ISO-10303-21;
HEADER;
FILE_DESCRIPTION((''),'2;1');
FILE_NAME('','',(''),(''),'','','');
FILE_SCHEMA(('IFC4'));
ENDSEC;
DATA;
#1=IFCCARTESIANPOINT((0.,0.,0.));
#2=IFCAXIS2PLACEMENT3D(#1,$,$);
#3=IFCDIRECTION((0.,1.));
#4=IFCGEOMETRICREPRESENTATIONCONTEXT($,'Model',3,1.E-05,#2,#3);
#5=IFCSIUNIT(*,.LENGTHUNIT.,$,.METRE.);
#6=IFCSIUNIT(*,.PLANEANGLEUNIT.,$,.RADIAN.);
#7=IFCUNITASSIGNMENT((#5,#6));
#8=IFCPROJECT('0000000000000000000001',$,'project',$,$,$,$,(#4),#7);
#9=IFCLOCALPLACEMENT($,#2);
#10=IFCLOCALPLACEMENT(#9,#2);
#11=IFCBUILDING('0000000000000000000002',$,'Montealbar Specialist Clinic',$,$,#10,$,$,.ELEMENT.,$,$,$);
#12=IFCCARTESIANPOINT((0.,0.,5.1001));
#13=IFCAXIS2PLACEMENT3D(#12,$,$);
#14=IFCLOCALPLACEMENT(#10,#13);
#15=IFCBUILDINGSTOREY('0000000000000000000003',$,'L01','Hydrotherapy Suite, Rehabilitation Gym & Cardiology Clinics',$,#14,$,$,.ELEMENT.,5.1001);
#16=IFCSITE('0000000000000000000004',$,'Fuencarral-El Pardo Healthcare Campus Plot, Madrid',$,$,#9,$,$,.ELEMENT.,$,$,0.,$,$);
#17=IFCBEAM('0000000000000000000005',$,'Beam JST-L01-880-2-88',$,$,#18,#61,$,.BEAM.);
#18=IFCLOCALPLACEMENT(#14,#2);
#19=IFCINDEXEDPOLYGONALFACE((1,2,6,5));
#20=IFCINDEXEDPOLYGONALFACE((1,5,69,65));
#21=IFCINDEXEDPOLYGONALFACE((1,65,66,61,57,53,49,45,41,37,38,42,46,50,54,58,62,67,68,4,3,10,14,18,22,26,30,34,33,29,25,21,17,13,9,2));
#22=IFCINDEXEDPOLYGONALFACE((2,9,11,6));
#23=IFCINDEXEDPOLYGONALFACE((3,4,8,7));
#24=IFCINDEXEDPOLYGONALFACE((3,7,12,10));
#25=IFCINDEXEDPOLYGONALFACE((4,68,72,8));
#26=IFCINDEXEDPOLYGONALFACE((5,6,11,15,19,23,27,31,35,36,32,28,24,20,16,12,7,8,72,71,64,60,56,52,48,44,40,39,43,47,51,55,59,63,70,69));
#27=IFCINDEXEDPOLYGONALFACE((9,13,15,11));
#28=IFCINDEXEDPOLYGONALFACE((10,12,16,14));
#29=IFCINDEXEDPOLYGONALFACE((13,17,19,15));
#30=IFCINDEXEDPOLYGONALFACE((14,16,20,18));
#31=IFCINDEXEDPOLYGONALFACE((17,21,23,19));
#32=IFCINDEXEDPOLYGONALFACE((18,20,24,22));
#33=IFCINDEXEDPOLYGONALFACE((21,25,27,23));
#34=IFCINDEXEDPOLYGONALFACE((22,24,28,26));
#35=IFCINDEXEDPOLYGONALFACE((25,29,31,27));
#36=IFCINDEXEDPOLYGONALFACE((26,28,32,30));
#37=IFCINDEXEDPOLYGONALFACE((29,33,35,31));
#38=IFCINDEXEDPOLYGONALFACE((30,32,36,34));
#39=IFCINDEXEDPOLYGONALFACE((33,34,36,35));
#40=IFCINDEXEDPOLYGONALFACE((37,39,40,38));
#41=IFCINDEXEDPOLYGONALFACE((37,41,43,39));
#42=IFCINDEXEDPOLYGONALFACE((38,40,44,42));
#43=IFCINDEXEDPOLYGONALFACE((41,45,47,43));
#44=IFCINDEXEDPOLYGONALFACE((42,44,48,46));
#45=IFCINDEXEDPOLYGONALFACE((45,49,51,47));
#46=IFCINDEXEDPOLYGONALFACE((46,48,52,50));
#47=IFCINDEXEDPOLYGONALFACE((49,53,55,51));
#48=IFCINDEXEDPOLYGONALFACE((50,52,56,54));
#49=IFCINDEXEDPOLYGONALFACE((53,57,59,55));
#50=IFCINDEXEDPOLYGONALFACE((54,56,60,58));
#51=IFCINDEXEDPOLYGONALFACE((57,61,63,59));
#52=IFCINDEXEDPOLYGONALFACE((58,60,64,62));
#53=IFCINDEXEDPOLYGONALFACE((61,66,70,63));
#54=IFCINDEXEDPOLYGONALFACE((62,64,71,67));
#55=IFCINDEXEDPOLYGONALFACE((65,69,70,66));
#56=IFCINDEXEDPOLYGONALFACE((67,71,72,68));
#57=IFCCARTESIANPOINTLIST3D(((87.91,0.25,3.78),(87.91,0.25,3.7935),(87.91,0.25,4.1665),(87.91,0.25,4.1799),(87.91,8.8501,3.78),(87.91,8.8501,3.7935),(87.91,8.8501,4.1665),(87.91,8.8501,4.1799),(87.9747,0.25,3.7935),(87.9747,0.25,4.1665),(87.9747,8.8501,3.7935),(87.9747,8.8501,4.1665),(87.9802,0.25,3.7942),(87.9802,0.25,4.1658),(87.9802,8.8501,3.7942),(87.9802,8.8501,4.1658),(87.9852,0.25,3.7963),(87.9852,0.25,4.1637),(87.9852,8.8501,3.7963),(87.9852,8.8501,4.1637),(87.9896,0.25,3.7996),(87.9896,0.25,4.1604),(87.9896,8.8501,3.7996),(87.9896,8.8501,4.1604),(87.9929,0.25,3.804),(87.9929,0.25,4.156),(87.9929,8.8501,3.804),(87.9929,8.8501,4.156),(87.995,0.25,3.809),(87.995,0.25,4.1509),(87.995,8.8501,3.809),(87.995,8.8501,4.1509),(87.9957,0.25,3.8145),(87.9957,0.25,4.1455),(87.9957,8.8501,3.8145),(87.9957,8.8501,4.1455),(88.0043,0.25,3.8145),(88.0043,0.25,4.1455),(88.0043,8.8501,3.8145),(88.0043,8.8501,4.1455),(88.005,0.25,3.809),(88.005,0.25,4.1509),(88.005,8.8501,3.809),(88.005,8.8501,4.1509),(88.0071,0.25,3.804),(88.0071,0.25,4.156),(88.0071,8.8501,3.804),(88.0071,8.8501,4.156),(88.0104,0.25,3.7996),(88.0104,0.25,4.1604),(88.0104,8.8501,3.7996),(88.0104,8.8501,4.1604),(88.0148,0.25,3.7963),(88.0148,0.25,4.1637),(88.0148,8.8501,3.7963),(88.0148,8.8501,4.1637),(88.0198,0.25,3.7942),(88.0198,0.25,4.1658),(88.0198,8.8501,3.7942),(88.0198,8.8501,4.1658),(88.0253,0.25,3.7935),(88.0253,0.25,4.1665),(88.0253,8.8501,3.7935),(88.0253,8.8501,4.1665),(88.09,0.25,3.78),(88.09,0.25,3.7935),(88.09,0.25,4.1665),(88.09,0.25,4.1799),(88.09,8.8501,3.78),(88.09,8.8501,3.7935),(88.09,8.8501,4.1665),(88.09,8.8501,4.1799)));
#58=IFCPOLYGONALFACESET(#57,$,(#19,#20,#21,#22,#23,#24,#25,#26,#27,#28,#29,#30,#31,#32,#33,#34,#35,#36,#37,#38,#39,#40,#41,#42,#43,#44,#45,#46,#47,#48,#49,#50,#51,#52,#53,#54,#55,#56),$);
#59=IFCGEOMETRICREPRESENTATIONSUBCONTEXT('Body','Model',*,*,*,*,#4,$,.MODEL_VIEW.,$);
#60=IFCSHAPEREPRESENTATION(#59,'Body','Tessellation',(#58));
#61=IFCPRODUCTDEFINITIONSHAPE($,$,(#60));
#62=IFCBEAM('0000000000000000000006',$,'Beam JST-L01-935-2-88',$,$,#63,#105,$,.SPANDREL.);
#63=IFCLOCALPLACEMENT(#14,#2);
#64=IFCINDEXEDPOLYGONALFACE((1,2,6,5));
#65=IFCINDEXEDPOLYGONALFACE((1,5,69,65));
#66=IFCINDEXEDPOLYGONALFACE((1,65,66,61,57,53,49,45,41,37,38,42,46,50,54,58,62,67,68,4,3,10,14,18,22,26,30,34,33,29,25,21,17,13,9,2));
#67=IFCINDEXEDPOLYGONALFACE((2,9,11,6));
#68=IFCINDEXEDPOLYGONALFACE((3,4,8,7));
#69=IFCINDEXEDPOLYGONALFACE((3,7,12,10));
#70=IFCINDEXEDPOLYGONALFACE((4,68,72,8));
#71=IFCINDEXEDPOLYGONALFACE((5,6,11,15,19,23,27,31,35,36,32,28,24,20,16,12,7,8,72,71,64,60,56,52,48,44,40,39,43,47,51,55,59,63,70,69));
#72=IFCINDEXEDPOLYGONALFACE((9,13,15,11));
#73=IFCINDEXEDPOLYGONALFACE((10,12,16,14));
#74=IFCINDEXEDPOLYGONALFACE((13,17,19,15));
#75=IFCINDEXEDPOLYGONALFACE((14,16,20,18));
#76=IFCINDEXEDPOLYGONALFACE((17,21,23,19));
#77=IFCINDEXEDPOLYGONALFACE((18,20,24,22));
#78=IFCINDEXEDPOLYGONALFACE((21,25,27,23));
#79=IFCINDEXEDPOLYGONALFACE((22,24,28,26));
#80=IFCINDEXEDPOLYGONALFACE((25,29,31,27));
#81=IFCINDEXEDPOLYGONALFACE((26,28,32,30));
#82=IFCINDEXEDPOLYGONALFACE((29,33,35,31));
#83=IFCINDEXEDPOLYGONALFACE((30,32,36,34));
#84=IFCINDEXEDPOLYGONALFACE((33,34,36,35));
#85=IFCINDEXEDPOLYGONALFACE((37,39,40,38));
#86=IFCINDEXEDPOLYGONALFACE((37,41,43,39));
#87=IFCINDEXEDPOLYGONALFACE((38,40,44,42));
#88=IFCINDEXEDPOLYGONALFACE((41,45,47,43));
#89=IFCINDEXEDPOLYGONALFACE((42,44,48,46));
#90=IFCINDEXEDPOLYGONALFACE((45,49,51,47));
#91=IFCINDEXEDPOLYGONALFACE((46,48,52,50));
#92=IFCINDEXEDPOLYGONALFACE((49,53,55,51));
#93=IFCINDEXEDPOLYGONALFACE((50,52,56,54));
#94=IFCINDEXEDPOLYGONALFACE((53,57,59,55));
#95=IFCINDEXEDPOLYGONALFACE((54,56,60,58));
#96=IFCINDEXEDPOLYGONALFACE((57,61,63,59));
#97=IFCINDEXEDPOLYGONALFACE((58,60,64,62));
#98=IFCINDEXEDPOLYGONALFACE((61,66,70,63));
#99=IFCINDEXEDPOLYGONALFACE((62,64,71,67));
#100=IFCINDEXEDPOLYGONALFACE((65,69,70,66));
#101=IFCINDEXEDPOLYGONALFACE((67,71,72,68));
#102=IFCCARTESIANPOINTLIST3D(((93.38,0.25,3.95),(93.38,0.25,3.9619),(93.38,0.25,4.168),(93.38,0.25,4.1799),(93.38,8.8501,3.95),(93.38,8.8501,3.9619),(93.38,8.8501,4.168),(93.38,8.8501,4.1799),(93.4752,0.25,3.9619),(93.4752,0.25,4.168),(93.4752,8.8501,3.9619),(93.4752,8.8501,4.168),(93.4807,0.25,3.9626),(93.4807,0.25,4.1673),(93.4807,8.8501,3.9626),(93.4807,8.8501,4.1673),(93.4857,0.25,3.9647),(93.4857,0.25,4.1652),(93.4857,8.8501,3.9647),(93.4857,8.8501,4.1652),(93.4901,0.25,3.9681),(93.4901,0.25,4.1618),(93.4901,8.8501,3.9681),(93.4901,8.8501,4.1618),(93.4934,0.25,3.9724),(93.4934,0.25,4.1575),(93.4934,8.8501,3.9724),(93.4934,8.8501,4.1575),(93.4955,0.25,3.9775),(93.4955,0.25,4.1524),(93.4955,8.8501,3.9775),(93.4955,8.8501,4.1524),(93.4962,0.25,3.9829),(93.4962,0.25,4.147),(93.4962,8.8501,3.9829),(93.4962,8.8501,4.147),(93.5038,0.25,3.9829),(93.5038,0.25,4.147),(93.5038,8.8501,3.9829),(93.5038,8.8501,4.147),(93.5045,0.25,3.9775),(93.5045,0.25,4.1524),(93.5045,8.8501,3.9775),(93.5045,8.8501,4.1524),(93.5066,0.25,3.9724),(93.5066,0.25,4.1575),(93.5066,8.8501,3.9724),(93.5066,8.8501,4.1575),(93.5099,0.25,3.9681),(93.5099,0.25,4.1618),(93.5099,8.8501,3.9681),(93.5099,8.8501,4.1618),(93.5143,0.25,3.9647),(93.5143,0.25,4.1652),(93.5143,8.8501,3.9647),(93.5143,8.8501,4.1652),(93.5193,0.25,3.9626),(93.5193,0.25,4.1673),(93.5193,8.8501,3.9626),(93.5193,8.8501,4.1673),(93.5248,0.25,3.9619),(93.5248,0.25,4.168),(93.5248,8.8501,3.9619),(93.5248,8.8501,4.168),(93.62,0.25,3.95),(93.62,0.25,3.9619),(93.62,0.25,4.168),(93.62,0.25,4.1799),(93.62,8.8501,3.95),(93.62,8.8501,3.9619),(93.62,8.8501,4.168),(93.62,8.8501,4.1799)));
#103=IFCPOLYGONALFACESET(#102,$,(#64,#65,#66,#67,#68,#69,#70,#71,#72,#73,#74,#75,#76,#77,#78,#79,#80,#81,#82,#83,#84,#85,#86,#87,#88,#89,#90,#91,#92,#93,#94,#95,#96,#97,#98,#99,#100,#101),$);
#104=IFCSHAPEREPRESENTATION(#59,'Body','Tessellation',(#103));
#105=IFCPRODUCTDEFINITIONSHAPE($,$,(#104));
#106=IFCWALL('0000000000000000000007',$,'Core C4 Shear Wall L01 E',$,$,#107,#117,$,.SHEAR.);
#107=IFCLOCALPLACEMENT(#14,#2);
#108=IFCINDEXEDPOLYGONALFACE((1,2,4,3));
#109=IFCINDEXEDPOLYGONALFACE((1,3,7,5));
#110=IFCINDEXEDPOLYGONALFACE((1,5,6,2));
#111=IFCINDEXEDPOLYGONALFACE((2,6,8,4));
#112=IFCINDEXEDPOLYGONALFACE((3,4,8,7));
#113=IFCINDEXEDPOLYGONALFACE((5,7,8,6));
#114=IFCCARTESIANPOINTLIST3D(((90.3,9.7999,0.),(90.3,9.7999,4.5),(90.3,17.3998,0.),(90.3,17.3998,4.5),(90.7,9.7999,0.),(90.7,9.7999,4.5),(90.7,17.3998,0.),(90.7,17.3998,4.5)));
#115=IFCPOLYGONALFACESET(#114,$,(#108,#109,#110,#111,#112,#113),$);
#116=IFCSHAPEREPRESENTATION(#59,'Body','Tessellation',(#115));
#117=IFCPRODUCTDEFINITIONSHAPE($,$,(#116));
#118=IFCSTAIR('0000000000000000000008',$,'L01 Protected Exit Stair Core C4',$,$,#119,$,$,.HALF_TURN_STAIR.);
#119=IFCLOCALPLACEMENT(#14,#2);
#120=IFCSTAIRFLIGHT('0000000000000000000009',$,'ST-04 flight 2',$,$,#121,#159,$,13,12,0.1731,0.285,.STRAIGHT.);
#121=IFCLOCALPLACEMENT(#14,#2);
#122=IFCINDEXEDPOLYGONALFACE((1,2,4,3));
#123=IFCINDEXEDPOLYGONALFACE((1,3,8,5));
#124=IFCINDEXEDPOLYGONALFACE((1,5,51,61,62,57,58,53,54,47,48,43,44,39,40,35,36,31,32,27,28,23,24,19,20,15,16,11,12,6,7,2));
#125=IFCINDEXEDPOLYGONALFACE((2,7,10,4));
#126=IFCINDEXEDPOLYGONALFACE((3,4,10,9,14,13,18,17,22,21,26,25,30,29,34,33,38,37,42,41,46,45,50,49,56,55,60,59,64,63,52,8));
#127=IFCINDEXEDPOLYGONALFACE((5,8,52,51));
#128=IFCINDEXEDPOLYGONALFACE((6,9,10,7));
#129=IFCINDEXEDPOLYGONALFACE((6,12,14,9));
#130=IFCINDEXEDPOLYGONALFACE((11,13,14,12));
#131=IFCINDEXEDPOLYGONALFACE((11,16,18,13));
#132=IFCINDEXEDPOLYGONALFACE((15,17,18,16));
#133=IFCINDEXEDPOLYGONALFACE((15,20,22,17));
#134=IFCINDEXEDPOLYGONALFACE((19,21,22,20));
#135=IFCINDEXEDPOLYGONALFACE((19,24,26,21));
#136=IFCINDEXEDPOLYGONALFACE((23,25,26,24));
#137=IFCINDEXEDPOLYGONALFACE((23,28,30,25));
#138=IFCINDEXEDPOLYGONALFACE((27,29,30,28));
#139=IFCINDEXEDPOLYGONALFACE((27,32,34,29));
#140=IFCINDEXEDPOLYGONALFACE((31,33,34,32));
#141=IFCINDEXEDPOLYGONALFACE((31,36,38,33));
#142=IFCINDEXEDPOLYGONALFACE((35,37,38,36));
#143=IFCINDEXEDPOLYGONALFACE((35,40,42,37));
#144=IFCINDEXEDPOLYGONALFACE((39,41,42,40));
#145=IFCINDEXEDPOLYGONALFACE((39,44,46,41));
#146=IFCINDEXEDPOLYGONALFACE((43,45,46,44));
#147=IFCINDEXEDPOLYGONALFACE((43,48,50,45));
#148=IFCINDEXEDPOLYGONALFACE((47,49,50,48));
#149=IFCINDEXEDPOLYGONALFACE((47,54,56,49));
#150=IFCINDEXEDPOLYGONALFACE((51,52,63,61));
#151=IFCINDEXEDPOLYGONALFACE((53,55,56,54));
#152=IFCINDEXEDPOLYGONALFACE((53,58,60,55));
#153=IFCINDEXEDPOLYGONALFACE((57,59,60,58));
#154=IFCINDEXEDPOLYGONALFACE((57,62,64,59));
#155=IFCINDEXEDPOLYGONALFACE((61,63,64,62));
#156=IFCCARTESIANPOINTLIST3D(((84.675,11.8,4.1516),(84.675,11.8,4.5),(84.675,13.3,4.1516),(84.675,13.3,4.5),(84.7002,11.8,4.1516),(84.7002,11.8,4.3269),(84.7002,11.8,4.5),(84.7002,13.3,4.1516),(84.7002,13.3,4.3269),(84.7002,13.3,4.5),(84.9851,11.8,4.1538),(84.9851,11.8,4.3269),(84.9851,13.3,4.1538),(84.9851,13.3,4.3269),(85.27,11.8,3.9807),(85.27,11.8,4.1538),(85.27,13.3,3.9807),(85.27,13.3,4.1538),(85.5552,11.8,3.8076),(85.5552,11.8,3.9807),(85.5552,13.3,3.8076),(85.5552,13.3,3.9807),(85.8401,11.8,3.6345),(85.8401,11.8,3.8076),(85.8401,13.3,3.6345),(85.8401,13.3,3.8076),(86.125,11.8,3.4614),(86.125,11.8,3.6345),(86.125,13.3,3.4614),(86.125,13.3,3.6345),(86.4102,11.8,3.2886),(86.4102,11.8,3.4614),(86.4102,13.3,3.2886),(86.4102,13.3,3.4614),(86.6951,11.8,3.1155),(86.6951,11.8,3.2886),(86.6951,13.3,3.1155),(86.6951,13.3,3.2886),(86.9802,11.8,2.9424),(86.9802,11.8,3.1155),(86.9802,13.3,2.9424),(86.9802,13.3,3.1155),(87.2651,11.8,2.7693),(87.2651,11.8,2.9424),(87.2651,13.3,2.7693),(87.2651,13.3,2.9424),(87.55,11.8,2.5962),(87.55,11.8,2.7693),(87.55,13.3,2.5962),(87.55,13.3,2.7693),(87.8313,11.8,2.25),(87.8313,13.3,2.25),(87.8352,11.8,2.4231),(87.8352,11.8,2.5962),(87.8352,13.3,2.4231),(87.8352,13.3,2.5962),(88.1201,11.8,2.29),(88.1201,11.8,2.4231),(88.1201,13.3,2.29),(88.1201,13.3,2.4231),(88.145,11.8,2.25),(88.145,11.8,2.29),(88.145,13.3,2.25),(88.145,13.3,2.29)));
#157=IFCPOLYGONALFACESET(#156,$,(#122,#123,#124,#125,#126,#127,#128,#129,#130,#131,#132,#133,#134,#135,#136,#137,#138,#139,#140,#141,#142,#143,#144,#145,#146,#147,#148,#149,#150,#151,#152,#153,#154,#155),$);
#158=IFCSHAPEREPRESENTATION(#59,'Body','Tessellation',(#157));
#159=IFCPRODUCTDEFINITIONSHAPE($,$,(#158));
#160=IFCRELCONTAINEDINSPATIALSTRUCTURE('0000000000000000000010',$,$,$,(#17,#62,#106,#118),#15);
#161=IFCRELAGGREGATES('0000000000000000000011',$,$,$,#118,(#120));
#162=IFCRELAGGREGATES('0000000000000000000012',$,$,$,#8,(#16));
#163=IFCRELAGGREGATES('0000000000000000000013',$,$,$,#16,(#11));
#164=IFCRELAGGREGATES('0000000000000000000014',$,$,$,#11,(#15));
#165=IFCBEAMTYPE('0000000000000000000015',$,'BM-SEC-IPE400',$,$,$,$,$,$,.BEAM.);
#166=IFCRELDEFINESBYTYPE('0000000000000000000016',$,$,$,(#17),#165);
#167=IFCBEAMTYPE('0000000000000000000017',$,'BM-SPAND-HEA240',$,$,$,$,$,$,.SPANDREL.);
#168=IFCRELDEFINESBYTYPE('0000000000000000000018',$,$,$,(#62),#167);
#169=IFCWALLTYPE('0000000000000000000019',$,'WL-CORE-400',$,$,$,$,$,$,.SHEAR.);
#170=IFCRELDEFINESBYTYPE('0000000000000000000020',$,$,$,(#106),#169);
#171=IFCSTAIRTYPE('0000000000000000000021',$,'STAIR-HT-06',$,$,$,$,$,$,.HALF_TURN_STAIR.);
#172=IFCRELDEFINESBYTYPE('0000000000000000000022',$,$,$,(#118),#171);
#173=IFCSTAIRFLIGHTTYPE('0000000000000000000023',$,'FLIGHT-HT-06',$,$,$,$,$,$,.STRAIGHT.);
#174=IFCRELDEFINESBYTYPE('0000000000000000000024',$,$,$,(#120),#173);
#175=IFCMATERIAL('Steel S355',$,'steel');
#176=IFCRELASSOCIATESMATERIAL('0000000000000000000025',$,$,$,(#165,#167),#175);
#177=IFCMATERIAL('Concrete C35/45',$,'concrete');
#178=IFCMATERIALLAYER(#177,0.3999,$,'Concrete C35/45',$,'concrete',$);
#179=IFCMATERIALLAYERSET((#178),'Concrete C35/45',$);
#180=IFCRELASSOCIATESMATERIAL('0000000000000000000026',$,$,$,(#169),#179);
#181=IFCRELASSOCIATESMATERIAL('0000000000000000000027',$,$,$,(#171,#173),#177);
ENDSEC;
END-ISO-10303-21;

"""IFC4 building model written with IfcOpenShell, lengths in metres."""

from ifc_helpers import new_model, si_unit, direction, frame, frame_2d, origin, origin_2d, place, context, subcontext, project, spatial, polyline, rectangle, i_section, outline, extrude, material, layer, layer_set, material_profile, profile_set, type_object, element, aggregate, save


model = new_model("IFC4")

# Units and contexts
model_context = context("Model", 3, precision=1e-05, world=origin(), true_north=direction((0.0, 1.0)))
body_context = subcontext(model_context, "Body", "Model", "MODEL_VIEW")
ifc_project = project(units=[si_unit("LENGTHUNIT", "METRE"), si_unit("PLANEANGLEUNIT", "RADIAN")], contexts=[model_context])

# Site, building, storey
site_placement = place(None, origin())
site = spatial("IfcSite", under=ifc_project, at=site_placement, Name="Fuencarral-El Pardo Healthcare Campus Plot, Madrid", CompositionType="ELEMENT", RefElevation=0.0)
building_placement = place(site_placement, origin())
building = spatial("IfcBuilding", under=site, at=building_placement, Name="Montealbar Specialist Clinic", CompositionType="ELEMENT")
storey_placement = place(building_placement, frame((0.0, 0.0, 5.1001)))
storey = spatial("IfcBuildingStorey", under=building, at=storey_placement, Name="L01", Description="Hydrotherapy Suite, Rehabilitation Gym & Cardiology Clinics", CompositionType="ELEMENT", Elevation=5.1001)

# Shared definitions
ifc_material_1 = material(Name="Steel S355", Category="steel")

# Beams
ifc_material_profile_1 = material_profile(ifc_material_1, i_section(OverallWidth=0.1799, OverallDepth=0.3999, WebThickness=0.0085, FlangeThickness=0.0134, FilletRadius=0.021, at=origin_2d()), Name="IPE 400", Category="steel")
ifc_profile_set_1 = profile_set([ifc_material_profile_1], Name="Steel S355")
beam_type_1 = type_object("IfcBeamType", Name="BM-SEC-IPE400", PredefinedType="BEAM", material=ifc_profile_set_1)
beam_1_placement = place(storey_placement, frame((88.0, 0.25, 3.98), z_axis=(0.0, 1.0, 0.0), x_axis=(-1.0, 0.0, 0.0)))
element("IfcBeam", 1, at=beam_1_placement, inside=storey, type_object=beam_type_1, Name="Beam JST-L01-880-2-88", PredefinedType="BEAM", context=body_context, shape_type="SweptSolid", body=[
    extrude(i_section(OverallWidth=0.1799, OverallDepth=0.3999, WebThickness=0.0085, FlangeThickness=0.0134, FilletRadius=0.021, at=origin_2d()), origin(), (0.0, 0.0, 1.0), 8.6001),
])
ifc_material_profile_2 = material_profile(ifc_material_1, i_section(OverallWidth=0.24, OverallDepth=0.23, WebThickness=0.0076, FlangeThickness=0.012, FilletRadius=0.021, at=origin_2d()), Name="HEA 240", Category="steel")
ifc_profile_set_2 = profile_set([ifc_material_profile_2], Name="Steel S355")
beam_type_2 = type_object("IfcBeamType", Name="BM-SPAND-HEA240", PredefinedType="SPANDREL", material=ifc_profile_set_2)
beam_2_placement = place(storey_placement, frame((93.5, 0.25, 4.0649), z_axis=(0.0, 1.0, 0.0), x_axis=(-1.0, 0.0, 0.0)))
element("IfcBeam", 2, at=beam_2_placement, inside=storey, type_object=beam_type_2, Name="Beam JST-L01-935-2-88", PredefinedType="SPANDREL", context=body_context, shape_type="SweptSolid", body=[
    extrude(i_section(OverallWidth=0.24, OverallDepth=0.23, WebThickness=0.0076, FlangeThickness=0.012, FilletRadius=0.021, at=origin_2d()), origin(), (0.0, 0.0, 1.0), 8.6001),
])

# Wall
ifc_material_2 = material(Name="Concrete C35/45", Category="concrete")
ifc_layer_1 = layer(ifc_material_2, 0.3999, Name="Concrete C35/45", Category="concrete")
ifc_layer_set_1 = layer_set([ifc_layer_1], Name="Concrete C35/45")
wall_type = type_object("IfcWallType", Name="WL-CORE-400", PredefinedType="SHEAR", material=ifc_layer_set_1)
wall_placement = place(storey_placement, frame((90.5, 9.8, 0.0), z_axis=(0.0, 0.0, 1.0), x_axis=(0.0, 1.0, 0.0)))
element("IfcWall", 3, at=wall_placement, inside=storey, type_object=wall_type, Name="Core C4 Shear Wall L01 E", PredefinedType="SHEAR", context=body_context, shape_type="SweptSolid", body=[
    extrude(rectangle(XDim=7.5999, YDim=0.3999, at=frame_2d((3.7998, 0.0))), origin(), (0.0, 0.0, 1.0), 4.5),
])

# Stair, stair flight
stair_type = type_object("IfcStairType", Name="STAIR-HT-06", PredefinedType="HALF_TURN_STAIR", material=ifc_material_2)
stair_placement = place(storey_placement, origin())
stair = element("IfcStair", 4, at=stair_placement, inside=storey, type_object=stair_type, Name="L01 Protected Exit Stair Core C4", PredefinedType="HALF_TURN_STAIR")
stair_flight_type = type_object("IfcStairFlightType", Name="FLIGHT-HT-06", PredefinedType="STRAIGHT", material=ifc_material_2)
stair_flight_placement = place(storey_placement, frame((88.1201, 12.55, 2.25), z_axis=(0.0, 0.0, 1.0), x_axis=(-1.0, 0.0, 0.0)))
stair_flight = element("IfcStairFlight", 5, at=stair_flight_placement, type_object=stair_flight_type, Name="ST-04 flight 2", NumberOfRisers=13, NumberOfTreads=12, PredefinedType="STRAIGHT", RiserHeight=0.1731, TreadLength=0.285, context=body_context, shape_type="SweptSolid", body=[
    extrude(outline(polyline([(-0.0249, 0.0), (-0.0249, 0.04), (0.0, 0.04), (0.0, 0.1731), (0.2849, 0.1731), (0.2849, 0.3462), (0.5701, 0.3462), (0.5701, 0.5193), (0.855, 0.5193), (0.855, 0.6924), (1.1399, 0.6924), (1.1399, 0.8655), (1.425, 0.8655), (1.425, 1.0386), (1.71, 1.0386), (1.71, 1.2114), (1.9951, 1.2114), (1.9951, 1.3845), (2.28, 1.3845), (2.28, 1.5576), (2.5649, 1.5576), (2.5649, 1.7307), (2.8501, 1.7307), (2.8501, 1.9038), (3.135, 1.9038), (3.135, 2.0769), (3.4199, 2.0769), (3.4199, 2.25), (3.4451, 2.25), (3.4451, 1.9016), (3.4199, 1.9016), (0.2888, 0.0), (-0.0249, 0.0)])), frame((0.0, 0.75, 0.0), z_axis=(0.0, -1.0, 0.0), x_axis=(1.0, 0.0, 0.0)), (0.0, 0.0, 1.0), 1.5),
])
aggregate(stair, [stair_flight])

save(model, "model.ifc")
